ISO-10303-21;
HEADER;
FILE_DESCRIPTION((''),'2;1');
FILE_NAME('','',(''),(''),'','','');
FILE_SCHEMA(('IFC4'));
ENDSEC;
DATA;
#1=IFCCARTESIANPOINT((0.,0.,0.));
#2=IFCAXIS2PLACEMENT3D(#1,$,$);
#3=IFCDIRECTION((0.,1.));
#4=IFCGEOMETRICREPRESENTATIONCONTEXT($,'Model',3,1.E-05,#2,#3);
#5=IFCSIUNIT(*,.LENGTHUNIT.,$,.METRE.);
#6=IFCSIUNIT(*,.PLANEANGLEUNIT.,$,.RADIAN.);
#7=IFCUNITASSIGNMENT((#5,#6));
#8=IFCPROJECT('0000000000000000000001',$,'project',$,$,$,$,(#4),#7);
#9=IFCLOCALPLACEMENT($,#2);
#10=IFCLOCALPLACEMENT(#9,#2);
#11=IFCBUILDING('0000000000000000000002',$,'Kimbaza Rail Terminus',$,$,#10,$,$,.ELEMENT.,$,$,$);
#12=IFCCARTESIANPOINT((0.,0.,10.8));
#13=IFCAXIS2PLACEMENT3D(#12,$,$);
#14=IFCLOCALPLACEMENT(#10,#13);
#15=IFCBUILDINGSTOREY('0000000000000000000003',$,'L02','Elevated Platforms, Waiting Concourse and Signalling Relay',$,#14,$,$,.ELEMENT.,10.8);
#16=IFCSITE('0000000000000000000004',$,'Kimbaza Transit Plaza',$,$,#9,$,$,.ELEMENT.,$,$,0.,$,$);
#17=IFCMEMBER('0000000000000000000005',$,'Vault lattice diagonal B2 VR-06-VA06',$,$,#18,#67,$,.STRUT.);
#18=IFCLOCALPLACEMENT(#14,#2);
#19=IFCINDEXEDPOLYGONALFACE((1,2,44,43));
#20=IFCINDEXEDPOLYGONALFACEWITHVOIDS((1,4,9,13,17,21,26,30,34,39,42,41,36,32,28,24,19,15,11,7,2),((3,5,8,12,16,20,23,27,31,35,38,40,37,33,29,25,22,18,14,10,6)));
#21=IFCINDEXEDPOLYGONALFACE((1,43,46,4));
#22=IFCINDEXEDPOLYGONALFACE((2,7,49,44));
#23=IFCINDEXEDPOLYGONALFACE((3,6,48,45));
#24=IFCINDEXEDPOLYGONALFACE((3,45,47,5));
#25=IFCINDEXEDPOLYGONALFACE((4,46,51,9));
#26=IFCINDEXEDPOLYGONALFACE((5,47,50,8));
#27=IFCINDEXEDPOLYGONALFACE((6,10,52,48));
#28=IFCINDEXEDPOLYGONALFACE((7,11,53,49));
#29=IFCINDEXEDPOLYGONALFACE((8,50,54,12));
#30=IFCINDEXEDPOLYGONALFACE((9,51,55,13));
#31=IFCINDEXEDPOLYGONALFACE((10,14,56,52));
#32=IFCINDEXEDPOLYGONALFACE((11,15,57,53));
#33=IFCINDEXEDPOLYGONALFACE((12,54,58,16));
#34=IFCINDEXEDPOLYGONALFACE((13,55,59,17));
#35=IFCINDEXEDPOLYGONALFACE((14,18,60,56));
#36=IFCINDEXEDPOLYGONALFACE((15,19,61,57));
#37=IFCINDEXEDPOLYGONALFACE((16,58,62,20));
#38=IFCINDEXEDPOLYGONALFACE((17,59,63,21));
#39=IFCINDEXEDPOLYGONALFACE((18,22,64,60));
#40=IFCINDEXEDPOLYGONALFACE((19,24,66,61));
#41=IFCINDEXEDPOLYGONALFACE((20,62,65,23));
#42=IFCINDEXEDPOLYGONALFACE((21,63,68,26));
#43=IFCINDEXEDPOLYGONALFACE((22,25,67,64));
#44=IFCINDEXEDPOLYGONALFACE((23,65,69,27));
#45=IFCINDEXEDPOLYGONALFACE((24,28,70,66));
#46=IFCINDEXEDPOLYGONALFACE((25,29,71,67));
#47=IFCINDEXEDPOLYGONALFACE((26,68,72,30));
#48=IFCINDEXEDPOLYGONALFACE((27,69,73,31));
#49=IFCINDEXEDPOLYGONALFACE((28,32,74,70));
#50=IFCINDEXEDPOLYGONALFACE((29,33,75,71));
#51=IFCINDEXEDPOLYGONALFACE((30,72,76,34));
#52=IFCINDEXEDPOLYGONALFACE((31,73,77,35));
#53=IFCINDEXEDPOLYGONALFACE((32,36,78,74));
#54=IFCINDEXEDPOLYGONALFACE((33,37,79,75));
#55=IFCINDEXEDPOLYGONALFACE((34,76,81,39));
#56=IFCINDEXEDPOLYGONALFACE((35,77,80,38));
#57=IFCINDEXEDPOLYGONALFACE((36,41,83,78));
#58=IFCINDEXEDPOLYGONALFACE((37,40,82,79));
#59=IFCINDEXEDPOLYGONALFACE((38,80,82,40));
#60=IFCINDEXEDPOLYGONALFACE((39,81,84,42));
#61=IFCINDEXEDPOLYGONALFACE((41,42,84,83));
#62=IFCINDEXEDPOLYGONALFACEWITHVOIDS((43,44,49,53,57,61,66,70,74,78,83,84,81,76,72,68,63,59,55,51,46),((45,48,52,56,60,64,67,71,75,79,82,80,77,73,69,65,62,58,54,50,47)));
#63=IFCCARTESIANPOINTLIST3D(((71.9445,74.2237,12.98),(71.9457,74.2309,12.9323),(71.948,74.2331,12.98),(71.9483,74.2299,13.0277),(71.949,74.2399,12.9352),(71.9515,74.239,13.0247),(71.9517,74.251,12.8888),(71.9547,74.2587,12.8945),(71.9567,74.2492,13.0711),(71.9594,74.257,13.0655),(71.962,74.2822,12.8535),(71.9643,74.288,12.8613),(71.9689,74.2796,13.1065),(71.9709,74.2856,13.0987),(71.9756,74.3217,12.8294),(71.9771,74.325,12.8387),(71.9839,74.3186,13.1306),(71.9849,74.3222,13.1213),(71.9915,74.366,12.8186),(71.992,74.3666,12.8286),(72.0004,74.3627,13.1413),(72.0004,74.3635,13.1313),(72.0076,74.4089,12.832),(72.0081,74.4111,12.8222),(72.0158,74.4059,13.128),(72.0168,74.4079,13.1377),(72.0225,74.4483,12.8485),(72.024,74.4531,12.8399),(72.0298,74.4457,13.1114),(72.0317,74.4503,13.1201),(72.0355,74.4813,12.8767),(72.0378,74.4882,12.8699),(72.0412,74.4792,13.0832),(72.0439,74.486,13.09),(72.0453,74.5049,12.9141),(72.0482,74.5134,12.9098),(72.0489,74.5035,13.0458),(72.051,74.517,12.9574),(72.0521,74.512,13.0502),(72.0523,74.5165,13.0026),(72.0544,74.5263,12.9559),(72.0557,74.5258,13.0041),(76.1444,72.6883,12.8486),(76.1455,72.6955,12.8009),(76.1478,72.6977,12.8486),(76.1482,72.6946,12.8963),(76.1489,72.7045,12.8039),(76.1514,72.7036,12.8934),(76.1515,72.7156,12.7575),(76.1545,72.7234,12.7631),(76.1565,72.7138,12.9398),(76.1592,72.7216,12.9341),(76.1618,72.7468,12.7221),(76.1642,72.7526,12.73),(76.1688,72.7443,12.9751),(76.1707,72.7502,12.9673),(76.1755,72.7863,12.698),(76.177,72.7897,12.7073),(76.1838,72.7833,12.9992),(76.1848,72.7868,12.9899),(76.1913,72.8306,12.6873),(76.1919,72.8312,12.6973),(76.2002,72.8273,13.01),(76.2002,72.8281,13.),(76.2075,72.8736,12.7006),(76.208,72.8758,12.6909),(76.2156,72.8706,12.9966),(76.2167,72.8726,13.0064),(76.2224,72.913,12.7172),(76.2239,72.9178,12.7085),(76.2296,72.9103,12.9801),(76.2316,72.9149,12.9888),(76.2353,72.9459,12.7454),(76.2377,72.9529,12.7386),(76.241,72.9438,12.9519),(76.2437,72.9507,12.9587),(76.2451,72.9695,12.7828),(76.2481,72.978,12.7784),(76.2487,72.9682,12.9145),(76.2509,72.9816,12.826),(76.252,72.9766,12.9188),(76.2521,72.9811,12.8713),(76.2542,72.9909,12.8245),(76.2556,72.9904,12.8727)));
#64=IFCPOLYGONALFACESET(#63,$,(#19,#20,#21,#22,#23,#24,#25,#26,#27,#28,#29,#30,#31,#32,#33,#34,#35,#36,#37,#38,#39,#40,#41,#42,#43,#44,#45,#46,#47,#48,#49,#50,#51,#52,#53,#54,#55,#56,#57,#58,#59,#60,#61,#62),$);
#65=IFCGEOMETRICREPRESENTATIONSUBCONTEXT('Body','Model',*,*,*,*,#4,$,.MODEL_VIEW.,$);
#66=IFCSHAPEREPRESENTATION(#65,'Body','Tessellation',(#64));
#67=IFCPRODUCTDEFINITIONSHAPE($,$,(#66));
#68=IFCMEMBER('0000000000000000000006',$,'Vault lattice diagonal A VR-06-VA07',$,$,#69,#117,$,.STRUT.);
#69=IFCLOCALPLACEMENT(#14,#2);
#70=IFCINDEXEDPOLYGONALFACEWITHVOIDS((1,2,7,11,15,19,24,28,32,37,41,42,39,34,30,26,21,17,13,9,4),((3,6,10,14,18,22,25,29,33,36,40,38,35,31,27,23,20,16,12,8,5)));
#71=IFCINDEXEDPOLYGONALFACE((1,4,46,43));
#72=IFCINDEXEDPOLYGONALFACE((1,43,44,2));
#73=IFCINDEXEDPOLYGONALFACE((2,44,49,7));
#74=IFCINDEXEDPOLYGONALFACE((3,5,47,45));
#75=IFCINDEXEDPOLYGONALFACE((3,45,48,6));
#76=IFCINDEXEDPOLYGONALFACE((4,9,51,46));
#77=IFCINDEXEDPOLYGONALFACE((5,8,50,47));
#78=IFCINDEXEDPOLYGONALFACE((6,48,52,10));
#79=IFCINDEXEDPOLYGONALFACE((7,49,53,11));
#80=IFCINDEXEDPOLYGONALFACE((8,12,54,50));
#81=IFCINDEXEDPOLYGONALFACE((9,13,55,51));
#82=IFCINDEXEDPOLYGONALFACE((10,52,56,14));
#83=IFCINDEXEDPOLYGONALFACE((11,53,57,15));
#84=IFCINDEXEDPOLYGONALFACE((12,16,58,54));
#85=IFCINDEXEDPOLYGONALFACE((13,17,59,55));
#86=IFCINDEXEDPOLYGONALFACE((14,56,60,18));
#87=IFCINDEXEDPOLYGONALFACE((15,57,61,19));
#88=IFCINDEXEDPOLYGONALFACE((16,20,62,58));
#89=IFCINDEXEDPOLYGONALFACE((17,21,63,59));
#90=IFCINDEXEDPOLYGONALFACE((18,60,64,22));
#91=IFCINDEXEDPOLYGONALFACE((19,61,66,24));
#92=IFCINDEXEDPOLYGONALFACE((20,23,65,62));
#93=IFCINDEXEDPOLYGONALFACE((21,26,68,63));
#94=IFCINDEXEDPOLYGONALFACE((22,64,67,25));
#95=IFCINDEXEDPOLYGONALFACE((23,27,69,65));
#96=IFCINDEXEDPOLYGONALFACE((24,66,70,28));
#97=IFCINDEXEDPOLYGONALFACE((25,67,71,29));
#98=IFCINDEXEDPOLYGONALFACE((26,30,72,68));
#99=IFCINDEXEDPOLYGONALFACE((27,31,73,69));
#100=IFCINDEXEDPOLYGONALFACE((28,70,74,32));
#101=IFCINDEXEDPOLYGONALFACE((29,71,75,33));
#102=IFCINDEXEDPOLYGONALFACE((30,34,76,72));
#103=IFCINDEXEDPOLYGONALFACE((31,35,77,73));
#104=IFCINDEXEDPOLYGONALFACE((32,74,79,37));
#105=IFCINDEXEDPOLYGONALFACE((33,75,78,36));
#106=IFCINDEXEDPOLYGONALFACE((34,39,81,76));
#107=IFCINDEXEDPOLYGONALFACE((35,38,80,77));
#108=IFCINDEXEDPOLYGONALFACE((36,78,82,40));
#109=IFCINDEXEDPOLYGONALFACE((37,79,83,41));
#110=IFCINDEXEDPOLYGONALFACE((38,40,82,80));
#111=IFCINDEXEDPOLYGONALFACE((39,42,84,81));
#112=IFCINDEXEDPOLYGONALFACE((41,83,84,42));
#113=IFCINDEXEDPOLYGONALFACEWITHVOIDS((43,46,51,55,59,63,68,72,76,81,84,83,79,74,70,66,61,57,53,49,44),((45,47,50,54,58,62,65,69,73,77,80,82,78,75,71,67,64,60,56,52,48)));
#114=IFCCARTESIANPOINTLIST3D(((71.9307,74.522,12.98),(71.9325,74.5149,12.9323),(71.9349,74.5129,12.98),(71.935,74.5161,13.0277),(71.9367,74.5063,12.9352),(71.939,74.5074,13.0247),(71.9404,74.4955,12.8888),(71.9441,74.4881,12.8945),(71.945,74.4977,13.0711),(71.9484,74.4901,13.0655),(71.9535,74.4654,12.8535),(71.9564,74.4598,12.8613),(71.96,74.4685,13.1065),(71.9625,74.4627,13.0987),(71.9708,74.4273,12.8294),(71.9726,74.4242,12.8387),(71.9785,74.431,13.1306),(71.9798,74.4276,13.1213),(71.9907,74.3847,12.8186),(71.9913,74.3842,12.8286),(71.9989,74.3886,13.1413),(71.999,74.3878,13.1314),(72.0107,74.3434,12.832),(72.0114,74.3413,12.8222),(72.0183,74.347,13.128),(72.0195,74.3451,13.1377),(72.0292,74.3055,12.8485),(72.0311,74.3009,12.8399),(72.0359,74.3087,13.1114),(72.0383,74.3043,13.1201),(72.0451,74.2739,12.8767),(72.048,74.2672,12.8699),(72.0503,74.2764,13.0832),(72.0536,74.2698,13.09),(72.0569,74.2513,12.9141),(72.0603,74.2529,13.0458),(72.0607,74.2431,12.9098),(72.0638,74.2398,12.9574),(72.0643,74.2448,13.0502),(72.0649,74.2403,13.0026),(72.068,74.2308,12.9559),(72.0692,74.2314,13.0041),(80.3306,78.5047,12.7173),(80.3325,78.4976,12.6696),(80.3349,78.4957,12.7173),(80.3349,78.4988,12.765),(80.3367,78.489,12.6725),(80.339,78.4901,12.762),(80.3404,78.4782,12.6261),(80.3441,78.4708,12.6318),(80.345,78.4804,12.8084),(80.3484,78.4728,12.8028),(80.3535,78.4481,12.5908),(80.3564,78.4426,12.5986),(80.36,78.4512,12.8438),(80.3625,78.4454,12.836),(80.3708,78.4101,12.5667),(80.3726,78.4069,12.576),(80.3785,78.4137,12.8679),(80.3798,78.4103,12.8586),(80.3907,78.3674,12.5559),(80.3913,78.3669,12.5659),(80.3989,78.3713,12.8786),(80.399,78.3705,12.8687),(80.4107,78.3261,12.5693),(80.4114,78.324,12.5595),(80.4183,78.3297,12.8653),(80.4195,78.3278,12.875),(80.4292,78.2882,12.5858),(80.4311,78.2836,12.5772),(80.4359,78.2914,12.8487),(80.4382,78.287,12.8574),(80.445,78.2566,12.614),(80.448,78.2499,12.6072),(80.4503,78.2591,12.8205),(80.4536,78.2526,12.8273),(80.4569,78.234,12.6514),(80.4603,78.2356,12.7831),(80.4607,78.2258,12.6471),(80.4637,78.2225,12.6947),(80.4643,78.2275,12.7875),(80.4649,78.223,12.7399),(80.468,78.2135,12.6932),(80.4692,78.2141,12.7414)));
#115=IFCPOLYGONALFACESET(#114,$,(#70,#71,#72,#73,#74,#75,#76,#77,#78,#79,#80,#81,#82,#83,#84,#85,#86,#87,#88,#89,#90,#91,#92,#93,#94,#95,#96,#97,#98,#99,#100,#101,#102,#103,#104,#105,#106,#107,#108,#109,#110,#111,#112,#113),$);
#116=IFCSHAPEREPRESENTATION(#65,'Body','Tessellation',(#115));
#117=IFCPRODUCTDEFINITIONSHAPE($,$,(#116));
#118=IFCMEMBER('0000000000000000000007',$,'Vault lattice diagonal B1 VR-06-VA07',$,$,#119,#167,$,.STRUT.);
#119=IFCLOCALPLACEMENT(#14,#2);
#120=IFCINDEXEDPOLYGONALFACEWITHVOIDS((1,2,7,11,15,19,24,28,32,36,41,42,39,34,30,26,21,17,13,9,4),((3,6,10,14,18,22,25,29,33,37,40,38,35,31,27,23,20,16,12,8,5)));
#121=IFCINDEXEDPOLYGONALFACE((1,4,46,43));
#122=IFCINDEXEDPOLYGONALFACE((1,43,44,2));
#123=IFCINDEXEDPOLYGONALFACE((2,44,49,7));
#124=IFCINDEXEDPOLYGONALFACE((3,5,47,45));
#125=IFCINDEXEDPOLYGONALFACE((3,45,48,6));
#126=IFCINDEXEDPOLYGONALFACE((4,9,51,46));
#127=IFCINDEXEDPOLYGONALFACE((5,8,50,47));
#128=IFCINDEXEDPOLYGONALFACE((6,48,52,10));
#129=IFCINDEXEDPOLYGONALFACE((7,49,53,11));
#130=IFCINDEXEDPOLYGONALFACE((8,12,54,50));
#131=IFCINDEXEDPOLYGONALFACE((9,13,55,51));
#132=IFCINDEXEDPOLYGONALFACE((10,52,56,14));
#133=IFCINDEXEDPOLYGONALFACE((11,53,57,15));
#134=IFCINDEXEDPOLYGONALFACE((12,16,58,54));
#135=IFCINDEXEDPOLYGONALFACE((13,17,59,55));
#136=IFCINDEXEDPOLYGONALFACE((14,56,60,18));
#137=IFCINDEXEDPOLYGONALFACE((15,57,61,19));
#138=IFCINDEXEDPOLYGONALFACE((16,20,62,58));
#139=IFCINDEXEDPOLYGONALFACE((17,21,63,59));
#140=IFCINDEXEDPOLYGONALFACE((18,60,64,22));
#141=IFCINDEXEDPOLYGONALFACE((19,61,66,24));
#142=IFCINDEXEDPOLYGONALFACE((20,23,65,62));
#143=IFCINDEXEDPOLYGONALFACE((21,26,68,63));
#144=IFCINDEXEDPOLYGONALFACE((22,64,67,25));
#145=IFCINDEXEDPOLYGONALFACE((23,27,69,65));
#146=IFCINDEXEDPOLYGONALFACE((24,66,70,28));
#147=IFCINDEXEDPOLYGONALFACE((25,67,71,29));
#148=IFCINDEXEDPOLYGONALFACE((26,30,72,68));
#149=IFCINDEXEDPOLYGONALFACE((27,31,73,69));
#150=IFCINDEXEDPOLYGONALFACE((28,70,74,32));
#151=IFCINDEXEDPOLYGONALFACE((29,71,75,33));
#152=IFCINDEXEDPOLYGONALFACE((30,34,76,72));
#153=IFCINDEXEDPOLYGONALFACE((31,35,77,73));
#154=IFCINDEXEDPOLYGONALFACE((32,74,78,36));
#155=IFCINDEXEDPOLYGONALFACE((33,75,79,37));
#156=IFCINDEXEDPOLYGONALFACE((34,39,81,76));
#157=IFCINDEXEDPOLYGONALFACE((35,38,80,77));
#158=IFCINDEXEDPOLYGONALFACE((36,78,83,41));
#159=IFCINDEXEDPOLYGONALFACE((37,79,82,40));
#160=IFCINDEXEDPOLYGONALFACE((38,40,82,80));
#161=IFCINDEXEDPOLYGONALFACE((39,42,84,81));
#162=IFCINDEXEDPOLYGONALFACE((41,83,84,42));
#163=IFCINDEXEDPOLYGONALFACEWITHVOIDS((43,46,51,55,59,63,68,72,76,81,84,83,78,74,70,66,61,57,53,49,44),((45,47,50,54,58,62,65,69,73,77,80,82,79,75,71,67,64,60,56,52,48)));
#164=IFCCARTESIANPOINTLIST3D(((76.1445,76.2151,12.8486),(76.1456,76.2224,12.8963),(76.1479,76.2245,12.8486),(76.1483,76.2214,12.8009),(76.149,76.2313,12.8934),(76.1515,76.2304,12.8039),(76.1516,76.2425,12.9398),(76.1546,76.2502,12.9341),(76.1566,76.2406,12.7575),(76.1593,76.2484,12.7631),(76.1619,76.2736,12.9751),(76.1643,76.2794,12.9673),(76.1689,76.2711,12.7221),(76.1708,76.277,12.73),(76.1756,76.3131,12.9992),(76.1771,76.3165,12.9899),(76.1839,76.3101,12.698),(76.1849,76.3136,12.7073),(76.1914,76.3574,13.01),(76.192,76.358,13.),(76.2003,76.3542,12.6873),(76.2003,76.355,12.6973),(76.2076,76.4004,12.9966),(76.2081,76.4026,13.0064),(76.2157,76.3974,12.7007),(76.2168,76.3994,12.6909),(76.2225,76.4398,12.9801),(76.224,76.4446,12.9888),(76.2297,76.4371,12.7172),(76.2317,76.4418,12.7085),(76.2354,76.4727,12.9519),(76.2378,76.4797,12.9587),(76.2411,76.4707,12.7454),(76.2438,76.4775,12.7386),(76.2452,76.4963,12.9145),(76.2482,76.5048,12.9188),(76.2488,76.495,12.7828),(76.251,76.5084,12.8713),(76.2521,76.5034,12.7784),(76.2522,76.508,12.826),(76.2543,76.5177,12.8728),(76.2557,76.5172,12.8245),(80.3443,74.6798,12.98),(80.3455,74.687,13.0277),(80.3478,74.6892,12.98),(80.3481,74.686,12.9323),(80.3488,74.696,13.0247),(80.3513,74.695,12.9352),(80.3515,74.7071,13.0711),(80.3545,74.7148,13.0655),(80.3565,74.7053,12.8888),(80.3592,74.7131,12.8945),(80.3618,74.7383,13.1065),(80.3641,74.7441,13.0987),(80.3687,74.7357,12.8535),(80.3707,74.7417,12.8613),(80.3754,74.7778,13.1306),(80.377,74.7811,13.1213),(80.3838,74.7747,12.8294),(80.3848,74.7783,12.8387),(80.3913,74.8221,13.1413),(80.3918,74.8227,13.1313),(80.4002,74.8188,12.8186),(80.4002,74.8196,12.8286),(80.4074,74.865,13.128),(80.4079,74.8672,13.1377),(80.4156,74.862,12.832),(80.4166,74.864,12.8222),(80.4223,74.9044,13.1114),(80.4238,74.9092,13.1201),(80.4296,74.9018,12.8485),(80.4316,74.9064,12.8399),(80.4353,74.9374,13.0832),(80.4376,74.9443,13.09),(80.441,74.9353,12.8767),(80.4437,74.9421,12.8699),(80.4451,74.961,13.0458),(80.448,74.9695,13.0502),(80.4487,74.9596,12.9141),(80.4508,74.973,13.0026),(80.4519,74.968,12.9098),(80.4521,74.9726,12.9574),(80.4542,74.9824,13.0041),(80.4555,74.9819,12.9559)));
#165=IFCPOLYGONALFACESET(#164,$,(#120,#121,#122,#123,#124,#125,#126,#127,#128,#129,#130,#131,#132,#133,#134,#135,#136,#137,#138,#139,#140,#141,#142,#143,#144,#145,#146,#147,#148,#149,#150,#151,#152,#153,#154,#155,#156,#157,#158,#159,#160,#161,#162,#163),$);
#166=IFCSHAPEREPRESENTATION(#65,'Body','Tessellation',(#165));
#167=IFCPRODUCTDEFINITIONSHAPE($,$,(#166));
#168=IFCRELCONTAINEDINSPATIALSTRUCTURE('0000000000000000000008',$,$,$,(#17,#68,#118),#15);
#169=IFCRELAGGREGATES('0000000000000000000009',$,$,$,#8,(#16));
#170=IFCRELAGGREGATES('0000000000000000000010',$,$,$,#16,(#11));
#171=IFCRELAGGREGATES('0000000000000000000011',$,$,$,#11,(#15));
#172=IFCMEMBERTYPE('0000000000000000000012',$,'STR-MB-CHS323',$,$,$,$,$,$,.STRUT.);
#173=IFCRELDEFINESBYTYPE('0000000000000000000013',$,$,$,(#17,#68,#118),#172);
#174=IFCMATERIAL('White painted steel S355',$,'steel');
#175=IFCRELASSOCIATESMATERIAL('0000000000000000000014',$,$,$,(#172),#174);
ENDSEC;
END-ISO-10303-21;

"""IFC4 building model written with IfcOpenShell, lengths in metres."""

from ifc_helpers import new_model, si_unit, direction, frame, origin, origin_2d, place, context, subcontext, project, spatial, hollow_circle, extrude, material, material_profile, profile_set, type_object, element, save


model = new_model("IFC4")

# Units and contexts
model_context = context("Model", 3, precision=1e-05, world=origin(), true_north=direction((0.0, 1.0)))
body_context = subcontext(model_context, "Body", "Model", "MODEL_VIEW")
ifc_project = project(units=[si_unit("LENGTHUNIT", "METRE"), si_unit("PLANEANGLEUNIT", "RADIAN")], contexts=[model_context])

# Site, building, storey
site_placement = place(None, origin())
site = spatial("IfcSite", under=ifc_project, at=site_placement, Name="Kimbaza Transit Plaza", CompositionType="ELEMENT", RefElevation=0.0)
building_placement = place(site_placement, origin())
building = spatial("IfcBuilding", under=site, at=building_placement, Name="Kimbaza Rail Terminus", CompositionType="ELEMENT")
storey_placement = place(building_placement, frame((0.0, 0.0, 10.8)))
storey = spatial("IfcBuildingStorey", under=building, at=storey_placement, Name="L02", Description="Elevated Platforms, Waiting Concourse and Signalling Relay", CompositionType="ELEMENT", Elevation=10.8)

# Members
ifc_material_1 = material(Name="White painted steel S355", Category="steel")
ifc_material_profile_1 = material_profile(ifc_material_1, hollow_circle(Radius=0.1619, WallThickness=0.01, at=origin_2d()), Name="CHS 323.9x10")
ifc_profile_set_1 = profile_set([ifc_material_profile_1], Name="White painted steel S355")
member_type_1 = type_object("IfcMemberType", Name="STR-MB-CHS323", PredefinedType="STRUT", material=ifc_profile_set_1)
member_1_placement = place(storey_placement, frame((76.2, 72.8403, 12.8486), z_axis=(-0.938802, 0.343203, 0.02936), x_axis=(-0.343351, -0.939207, 0.0)))
element("IfcMember", 1, at=member_1_placement, inside=storey, type_object=member_type_1, Name="Vault lattice diagonal B2 VR-06-VA06", PredefinedType="STRUT", context=body_context, shape_type="SweptSolid", body=[
    extrude(hollow_circle(Radius=0.1619, WallThickness=0.01, at=origin_2d()), origin(), (0.0, 0.0, 1.0), 4.4736),
])
member_2_placement = place(storey_placement, frame((72.0, 74.3757, 12.98), z_axis=(0.903221, 0.428246, -0.028247), x_axis=(-0.428417, 0.903581, 0.0)))
element("IfcMember", 2, at=member_2_placement, inside=storey, type_object=member_type_1, Name="Vault lattice diagonal A VR-06-VA07", PredefinedType="STRUT", context=body_context, shape_type="SweptSolid", body=[
    extrude(hollow_circle(Radius=0.1619, WallThickness=0.01, at=origin_2d()), origin(), (0.0, 0.0, 1.0), 9.3),
])
for number, where, z_axis, x_axis, name in (
    (3, (80.3999, 74.8318, 12.98), (-0.938802, 0.343203, -0.02936), (-0.343351, -0.939207, 0.0), "Vault lattice diagonal B1 VR-06-VA07"),
):
    element("IfcMember", number, at=place(storey_placement, frame(where, z_axis=z_axis, x_axis=x_axis)), inside=storey, type_object=member_type_1, Name=name, PredefinedType="STRUT", context=body_context, shape_type="SweptSolid", body=[
        extrude(hollow_circle(Radius=0.1619, WallThickness=0.01, at=origin_2d()), origin(), (0.0, 0.0, 1.0), 4.4736),
    ])

save(model, "model.ifc")
